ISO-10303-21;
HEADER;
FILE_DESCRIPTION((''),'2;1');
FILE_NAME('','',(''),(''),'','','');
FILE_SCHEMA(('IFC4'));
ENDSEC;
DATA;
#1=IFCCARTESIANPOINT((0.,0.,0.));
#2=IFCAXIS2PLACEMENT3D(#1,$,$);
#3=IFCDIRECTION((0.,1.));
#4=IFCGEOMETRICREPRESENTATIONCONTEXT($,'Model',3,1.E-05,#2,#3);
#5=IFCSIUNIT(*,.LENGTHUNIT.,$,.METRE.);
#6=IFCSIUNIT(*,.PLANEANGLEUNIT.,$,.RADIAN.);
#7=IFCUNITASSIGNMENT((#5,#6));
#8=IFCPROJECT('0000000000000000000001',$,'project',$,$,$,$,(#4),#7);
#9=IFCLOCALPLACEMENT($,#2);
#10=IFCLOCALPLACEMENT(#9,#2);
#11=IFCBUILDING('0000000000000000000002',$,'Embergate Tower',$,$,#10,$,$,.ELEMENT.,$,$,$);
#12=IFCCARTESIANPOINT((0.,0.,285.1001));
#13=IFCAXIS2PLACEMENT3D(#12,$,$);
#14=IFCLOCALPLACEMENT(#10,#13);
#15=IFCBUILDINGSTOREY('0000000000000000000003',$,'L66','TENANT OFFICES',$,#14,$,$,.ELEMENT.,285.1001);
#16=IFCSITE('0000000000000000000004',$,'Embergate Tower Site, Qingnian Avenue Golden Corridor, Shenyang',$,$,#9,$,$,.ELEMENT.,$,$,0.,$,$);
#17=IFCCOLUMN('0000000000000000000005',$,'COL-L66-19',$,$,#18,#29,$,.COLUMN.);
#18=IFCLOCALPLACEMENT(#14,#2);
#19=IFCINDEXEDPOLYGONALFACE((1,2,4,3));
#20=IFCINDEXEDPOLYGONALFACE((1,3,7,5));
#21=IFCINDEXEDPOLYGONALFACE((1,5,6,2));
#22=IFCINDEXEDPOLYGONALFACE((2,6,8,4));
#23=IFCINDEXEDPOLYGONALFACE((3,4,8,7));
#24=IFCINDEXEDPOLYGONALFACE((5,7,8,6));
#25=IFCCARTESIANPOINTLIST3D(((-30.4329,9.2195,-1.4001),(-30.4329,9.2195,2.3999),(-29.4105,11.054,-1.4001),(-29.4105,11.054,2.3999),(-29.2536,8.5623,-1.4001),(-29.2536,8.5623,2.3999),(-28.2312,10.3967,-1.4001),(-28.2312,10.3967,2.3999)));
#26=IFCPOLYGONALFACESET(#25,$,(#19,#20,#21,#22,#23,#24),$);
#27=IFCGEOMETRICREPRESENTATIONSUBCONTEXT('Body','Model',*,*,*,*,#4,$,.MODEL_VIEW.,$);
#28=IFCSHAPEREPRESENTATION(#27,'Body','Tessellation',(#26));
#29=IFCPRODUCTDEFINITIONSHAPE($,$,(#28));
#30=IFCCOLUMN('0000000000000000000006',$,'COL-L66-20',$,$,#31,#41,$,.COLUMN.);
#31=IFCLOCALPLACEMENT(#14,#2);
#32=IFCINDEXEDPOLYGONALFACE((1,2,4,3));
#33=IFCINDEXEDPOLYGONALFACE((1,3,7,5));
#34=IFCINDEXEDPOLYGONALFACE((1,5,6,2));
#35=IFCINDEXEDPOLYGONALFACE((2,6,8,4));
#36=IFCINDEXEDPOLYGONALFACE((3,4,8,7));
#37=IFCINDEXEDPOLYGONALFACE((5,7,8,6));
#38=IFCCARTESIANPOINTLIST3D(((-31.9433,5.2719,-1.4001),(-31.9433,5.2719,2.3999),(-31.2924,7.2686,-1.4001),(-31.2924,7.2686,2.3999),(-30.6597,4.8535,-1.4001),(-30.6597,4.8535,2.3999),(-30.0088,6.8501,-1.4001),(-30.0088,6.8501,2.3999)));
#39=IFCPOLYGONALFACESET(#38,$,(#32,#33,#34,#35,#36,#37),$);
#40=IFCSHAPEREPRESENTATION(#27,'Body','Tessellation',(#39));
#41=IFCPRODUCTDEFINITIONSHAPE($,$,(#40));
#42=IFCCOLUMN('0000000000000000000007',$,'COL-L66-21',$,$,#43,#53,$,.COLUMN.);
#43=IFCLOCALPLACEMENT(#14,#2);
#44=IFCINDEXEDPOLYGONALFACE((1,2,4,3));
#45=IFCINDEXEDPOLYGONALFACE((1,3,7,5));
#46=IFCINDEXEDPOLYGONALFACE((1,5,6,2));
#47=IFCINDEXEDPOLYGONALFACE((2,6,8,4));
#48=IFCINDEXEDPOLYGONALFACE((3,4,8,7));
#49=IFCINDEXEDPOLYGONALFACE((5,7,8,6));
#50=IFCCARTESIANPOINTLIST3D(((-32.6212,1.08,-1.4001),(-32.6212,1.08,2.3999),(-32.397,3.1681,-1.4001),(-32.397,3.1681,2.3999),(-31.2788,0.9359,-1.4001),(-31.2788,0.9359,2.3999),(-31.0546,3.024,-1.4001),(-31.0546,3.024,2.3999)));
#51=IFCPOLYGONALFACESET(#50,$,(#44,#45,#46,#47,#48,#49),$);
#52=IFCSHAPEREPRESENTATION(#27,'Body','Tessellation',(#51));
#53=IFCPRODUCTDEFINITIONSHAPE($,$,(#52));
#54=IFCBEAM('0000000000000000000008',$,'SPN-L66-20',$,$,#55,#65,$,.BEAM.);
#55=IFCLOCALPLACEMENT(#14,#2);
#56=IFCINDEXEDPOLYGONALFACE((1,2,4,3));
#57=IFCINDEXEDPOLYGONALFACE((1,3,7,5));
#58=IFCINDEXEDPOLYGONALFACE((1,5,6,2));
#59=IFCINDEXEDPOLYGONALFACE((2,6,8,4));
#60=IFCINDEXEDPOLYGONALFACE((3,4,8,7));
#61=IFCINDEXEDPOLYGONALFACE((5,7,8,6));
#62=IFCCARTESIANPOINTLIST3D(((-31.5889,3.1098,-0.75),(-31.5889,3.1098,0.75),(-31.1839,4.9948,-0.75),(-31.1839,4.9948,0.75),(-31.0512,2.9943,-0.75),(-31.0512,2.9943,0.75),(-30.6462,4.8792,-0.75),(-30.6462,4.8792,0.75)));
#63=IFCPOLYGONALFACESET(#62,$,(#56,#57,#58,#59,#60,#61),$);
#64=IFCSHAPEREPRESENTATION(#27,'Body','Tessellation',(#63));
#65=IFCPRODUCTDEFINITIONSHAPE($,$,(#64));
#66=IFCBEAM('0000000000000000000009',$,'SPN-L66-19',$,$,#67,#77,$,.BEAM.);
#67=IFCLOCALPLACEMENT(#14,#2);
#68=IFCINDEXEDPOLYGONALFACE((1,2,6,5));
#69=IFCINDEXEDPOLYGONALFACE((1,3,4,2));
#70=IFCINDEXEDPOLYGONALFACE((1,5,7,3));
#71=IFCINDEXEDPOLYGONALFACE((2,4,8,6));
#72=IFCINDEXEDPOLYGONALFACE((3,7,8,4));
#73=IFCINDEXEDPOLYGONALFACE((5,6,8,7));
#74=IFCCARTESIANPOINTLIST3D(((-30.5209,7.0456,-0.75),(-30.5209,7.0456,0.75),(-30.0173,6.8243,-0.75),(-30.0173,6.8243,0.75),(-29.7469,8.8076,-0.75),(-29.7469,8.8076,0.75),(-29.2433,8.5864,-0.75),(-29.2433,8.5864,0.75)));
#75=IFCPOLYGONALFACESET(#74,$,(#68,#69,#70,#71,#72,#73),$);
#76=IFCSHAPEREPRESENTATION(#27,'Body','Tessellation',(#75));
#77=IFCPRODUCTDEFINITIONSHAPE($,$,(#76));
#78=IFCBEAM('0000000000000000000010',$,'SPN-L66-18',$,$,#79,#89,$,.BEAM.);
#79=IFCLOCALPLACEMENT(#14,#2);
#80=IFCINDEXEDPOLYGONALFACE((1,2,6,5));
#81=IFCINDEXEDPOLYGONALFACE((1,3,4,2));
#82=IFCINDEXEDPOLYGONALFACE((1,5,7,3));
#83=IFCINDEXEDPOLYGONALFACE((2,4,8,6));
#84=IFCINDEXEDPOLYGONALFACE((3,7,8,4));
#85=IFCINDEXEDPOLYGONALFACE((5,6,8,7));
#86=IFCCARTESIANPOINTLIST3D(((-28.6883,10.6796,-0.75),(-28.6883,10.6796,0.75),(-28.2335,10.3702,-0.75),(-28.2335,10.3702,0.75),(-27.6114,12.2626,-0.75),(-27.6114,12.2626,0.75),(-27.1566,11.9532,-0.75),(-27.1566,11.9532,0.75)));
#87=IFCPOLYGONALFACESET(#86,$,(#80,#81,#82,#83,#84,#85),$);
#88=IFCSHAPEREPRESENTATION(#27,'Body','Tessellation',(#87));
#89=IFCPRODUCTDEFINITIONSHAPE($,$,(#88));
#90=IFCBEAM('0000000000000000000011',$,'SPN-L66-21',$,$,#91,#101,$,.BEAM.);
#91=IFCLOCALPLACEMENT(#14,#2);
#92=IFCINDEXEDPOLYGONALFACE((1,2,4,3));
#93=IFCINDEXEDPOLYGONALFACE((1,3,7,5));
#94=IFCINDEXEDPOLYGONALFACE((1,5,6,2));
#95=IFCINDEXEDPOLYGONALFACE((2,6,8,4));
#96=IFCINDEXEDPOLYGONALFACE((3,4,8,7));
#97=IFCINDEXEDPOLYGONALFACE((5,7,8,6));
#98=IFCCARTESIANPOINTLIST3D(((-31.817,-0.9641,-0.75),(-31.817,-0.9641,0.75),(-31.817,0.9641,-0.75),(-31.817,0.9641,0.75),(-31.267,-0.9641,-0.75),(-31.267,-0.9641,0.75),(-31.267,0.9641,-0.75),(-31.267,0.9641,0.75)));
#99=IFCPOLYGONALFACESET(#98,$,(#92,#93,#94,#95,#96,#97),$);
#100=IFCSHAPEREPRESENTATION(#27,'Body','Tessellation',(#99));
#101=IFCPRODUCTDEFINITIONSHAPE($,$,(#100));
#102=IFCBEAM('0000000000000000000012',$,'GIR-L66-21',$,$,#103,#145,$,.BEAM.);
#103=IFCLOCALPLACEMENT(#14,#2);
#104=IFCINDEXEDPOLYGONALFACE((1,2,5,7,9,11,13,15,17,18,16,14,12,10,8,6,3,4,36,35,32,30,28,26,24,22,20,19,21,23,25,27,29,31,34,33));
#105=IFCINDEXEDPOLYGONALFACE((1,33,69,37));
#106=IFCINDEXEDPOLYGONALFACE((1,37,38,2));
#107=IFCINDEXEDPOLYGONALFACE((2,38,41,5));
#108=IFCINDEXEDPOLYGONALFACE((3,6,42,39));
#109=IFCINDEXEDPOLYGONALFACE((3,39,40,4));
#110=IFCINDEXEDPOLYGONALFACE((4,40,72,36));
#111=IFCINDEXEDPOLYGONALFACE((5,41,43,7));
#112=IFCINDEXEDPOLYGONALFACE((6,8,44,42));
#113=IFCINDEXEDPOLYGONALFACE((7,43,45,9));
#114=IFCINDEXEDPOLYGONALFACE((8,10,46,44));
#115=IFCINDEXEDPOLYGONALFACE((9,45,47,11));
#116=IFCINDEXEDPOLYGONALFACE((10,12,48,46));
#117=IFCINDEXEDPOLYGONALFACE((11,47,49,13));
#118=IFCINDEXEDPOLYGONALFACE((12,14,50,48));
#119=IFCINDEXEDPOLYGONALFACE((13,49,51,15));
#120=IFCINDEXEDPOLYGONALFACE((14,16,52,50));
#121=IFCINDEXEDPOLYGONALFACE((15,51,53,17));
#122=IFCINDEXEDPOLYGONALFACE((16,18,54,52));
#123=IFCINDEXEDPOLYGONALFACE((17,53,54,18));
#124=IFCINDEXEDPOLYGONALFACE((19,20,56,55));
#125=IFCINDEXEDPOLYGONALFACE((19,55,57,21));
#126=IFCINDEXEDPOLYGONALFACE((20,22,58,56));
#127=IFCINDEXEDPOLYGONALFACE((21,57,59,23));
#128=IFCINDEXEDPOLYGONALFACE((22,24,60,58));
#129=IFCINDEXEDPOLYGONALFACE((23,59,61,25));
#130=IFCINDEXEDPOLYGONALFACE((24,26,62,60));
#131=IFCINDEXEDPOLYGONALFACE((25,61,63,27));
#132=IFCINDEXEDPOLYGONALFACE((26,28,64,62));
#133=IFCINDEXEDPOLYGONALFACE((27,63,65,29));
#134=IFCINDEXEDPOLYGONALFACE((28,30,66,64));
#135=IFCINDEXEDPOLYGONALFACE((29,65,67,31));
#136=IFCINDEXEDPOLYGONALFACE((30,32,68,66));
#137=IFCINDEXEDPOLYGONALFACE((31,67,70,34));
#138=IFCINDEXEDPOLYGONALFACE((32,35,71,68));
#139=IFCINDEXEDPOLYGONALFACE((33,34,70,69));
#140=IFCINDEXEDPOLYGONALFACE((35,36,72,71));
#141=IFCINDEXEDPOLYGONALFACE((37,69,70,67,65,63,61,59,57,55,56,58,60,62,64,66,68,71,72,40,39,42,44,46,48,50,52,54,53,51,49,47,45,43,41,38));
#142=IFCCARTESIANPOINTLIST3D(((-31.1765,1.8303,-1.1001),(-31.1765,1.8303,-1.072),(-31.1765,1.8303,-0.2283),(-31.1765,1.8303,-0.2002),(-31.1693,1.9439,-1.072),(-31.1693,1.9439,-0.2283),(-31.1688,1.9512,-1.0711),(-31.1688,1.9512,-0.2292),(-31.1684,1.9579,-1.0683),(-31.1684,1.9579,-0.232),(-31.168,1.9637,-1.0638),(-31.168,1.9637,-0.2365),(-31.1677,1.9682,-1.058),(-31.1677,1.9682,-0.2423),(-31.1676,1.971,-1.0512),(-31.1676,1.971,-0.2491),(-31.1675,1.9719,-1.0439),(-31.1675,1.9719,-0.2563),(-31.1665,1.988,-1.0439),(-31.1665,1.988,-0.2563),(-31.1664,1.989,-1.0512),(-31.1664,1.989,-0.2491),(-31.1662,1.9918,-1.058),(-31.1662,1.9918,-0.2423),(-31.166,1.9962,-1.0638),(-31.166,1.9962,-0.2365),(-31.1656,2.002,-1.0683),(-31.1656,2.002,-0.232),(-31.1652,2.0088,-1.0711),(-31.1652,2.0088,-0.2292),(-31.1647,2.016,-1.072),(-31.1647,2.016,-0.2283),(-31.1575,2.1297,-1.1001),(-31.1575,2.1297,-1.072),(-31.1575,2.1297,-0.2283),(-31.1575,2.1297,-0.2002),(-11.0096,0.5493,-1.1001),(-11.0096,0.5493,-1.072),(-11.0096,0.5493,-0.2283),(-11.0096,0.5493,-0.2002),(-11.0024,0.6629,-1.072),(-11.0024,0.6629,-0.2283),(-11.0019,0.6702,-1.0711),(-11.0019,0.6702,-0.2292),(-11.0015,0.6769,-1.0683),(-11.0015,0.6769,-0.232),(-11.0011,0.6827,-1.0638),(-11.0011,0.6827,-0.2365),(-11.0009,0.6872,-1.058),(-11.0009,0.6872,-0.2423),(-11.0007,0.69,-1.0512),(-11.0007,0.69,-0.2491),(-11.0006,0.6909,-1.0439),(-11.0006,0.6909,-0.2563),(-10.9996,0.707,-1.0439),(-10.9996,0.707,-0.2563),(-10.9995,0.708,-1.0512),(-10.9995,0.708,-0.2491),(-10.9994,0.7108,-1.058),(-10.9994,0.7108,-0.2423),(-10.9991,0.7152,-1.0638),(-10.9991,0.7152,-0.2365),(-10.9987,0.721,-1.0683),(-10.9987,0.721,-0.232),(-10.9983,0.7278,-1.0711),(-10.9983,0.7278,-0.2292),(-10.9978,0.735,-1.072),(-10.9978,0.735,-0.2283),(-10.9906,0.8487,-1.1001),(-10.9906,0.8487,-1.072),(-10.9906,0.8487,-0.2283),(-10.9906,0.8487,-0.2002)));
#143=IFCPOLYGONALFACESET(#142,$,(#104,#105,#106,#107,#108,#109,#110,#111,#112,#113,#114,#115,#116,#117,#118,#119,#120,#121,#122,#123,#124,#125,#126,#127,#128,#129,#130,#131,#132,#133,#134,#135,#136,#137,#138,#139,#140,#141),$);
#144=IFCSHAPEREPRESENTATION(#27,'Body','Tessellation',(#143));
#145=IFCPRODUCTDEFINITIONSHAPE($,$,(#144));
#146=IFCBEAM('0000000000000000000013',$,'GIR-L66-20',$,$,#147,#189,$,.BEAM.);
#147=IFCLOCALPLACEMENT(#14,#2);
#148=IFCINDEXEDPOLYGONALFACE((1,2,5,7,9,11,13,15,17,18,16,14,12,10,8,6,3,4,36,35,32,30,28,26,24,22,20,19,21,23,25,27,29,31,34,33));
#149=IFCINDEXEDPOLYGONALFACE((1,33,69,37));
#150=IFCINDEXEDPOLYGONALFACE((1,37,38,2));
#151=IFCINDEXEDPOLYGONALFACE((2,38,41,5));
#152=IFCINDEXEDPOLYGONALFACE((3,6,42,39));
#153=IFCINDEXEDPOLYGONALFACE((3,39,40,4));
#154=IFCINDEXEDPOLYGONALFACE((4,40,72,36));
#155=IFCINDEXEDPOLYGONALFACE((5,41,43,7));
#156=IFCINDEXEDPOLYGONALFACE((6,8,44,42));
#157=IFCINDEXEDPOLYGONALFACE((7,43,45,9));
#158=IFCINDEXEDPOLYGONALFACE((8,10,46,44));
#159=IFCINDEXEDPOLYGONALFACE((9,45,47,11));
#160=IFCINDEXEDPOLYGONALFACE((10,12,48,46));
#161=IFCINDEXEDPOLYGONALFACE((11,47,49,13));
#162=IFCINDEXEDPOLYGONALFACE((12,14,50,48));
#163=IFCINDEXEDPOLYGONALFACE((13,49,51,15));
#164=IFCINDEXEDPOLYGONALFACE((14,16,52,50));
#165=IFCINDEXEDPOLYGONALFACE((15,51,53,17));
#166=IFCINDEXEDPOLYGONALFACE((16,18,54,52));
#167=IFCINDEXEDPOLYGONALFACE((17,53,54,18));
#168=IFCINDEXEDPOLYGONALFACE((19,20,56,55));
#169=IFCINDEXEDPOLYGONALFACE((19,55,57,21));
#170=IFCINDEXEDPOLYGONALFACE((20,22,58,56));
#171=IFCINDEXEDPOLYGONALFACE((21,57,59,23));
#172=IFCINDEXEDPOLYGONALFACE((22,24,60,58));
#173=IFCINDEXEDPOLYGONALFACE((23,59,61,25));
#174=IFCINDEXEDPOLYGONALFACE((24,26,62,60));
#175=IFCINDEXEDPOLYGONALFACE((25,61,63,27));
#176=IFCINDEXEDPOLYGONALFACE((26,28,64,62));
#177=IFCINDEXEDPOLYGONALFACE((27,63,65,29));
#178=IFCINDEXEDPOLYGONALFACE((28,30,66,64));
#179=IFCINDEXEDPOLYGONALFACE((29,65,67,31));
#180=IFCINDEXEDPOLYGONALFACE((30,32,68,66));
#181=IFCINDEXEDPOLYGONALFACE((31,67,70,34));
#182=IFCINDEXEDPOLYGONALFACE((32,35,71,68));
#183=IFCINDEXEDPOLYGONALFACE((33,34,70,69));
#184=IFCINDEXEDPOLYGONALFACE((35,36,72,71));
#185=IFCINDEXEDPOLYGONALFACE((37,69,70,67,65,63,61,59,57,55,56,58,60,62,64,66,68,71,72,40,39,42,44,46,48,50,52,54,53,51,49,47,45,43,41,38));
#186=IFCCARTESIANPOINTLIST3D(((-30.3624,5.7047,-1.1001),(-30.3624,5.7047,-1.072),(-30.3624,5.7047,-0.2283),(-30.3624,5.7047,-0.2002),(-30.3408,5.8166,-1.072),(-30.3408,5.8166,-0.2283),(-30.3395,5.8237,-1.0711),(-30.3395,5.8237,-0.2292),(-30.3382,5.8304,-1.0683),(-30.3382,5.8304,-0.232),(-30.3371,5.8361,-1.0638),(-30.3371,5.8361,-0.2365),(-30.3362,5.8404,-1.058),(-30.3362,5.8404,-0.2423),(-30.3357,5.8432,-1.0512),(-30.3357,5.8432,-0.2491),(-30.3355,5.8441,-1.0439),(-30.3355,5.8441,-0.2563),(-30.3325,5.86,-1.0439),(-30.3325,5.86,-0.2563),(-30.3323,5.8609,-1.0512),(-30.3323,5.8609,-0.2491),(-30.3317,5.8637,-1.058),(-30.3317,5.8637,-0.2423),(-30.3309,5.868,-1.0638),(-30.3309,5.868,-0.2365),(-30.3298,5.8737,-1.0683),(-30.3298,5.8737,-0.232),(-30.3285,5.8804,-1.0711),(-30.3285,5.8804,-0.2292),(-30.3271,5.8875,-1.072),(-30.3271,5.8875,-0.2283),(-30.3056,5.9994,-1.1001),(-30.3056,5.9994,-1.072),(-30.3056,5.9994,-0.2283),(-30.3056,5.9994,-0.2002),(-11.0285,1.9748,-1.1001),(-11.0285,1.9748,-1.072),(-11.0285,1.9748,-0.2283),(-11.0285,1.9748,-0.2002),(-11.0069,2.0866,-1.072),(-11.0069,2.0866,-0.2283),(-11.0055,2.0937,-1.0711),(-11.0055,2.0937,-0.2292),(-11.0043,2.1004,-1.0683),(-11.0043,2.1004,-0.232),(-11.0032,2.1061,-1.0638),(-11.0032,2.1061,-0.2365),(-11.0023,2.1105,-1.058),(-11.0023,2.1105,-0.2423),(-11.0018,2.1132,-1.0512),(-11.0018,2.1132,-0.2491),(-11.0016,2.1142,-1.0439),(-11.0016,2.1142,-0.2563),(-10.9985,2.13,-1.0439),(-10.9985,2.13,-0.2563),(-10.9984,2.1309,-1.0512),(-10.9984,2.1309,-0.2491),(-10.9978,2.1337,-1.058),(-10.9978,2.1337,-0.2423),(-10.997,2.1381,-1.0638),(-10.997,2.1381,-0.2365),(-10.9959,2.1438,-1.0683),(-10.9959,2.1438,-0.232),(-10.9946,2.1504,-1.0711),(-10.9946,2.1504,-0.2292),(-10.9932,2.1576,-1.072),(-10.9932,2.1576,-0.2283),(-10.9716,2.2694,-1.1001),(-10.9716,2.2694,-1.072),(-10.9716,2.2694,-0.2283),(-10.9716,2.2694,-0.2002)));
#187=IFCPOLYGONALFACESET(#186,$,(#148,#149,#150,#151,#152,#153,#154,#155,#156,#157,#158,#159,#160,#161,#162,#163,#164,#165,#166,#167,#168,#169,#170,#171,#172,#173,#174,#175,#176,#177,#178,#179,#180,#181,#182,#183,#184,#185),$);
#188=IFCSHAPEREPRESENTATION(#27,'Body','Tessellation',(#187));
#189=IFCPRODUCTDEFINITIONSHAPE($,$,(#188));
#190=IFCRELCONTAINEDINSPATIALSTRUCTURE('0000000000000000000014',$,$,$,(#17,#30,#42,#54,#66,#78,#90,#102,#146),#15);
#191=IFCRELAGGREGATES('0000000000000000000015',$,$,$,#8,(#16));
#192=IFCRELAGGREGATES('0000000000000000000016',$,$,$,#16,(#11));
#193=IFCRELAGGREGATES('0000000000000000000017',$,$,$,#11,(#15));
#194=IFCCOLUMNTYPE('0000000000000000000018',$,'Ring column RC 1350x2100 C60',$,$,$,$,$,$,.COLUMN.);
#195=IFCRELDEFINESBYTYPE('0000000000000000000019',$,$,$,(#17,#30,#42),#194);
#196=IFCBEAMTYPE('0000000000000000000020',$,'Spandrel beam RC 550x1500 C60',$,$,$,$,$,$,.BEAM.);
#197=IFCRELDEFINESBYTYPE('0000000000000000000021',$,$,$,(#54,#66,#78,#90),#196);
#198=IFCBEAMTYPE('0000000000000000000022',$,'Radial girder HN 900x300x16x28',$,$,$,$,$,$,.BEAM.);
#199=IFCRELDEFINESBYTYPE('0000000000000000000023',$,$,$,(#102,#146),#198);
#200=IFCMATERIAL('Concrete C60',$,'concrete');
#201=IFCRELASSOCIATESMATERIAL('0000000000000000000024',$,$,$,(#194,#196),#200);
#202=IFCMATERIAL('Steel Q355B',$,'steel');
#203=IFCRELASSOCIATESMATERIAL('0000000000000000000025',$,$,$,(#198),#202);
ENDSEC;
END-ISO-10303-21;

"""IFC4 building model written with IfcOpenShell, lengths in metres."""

from ifc_helpers import new_model, si_unit, direction, frame, origin, origin_2d, place, context, subcontext, project, spatial, rectangle, i_section, extrude, source, transform, mapped, material, material_profile, profile_set, type_object, element, save


model = new_model("IFC4")

# Units and contexts
model_context = context("Model", 3, precision=1e-05, world=origin(), true_north=direction((0.0, 1.0)))
body_context = subcontext(model_context, "Body", "Model", "MODEL_VIEW")
ifc_project = project(units=[si_unit("LENGTHUNIT", "METRE"), si_unit("PLANEANGLEUNIT", "RADIAN")], contexts=[model_context])

# Site, building, storey
site_placement = place(None, origin())
site = spatial("IfcSite", under=ifc_project, at=site_placement, Name="Embergate Tower Site, Qingnian Avenue Golden Corridor, Shenyang", CompositionType="ELEMENT", RefElevation=0.0)
building_placement = place(site_placement, origin())
building = spatial("IfcBuilding", under=site, at=building_placement, Name="Embergate Tower", CompositionType="ELEMENT")
storey_placement = place(building_placement, frame((0.0, 0.0, 285.1001)))
storey = spatial("IfcBuildingStorey", under=building, at=storey_placement, Name="L66", Description="TENANT OFFICES", CompositionType="ELEMENT", Elevation=285.1001)

# Columns
ifc_material_1 = material(Name="Concrete C60", Category="concrete")
ifc_material_profile_1 = material_profile(ifc_material_1, rectangle(XDim=1.3501, YDim=2.1001, at=origin_2d()), Name="RC 1350x2100")
ifc_profile_set_1 = profile_set([ifc_material_profile_1], Name="Concrete C60")
column_type = type_object("IfcColumnType", Name="Ring column RC 1350x2100 C60", PredefinedType="COLUMN", material=ifc_profile_set_1)
shared_shape_1 = source(origin(), body_context, "Body", "SweptSolid", [
    extrude(rectangle(XDim=1.3501, YDim=2.1001, at=origin_2d()), origin(), (0.0, 0.0, 1.0), 3.8),
])
for number, where, z_axis, x_axis, name in (
    (1, (-29.332, 9.8081, -1.4001), (0.0, 0.0, 1.0), (-0.873492, 0.486839, 0.0), "COL-L66-19"),
    (2, (-30.9761, 6.061, -1.4001), (0.0, 0.0, 1.0), (-0.950754, 0.309946, 0.0), "COL-L66-20"),
    (3, (-31.8379, 2.052, -1.4001), (0.0, 0.0, 1.0), (-0.994286, 0.10675, 0.0), "COL-L66-21"),
):
    element("IfcColumn", number, at=place(storey_placement, frame(where, z_axis=z_axis, x_axis=x_axis)), inside=storey, type_object=column_type, Name=name, PredefinedType="COLUMN", context=body_context, shape_type="MappedRepresentation", body=[
        mapped(shared_shape_1, transform((0.0, 0.0, 0.0))),
    ])

# Beams
ifc_material_profile_2 = material_profile(ifc_material_1, rectangle(XDim=0.55, YDim=1.5, at=origin_2d()), Name="RC 550x1500")
ifc_profile_set_2 = profile_set([ifc_material_profile_2], Name="Concrete C60")
beam_type_1 = type_object("IfcBeamType", Name="Spandrel beam RC 550x1500 C60", PredefinedType="BEAM", material=ifc_profile_set_2)
shared_shape_2 = source(origin(), body_context, "Body", "SweptSolid", [
    extrude(rectangle(XDim=0.55, YDim=1.5, at=origin_2d()), origin(), (0.0, 0.0, 1.0), 1.928),
])
beam_1_placement = place(storey_placement, frame((-30.915, 4.937, 0.0), z_axis=(-0.210074, -0.977686, 0.0), x_axis=(0.977686, -0.210074, 0.0)))
element("IfcBeam", 4, at=beam_1_placement, inside=storey, type_object=beam_type_1, Name="SPN-L66-20", PredefinedType="BEAM", context=body_context, shape_type="MappedRepresentation", body=[
    mapped(shared_shape_2, transform((0.0, 0.0, 0.0))),
])
shared_shape_3 = source(origin(), body_context, "Body", "SweptSolid", [
    extrude(rectangle(XDim=0.55, YDim=1.5, at=origin_2d()), origin(), (0.0, 0.0, 1.0), 1.9246),
])
beam_2_placement = place(storey_placement, frame((-29.4951, 8.697, 0.0), z_axis=(-0.402156, -0.915571, 0.0), x_axis=(0.915571, -0.402156, 0.0)))
element("IfcBeam", 5, at=beam_2_placement, inside=storey, type_object=beam_type_1, Name="SPN-L66-19", PredefinedType="BEAM", context=body_context, shape_type="MappedRepresentation", body=[
    mapped(shared_shape_3, transform((0.0, 0.0, 0.0))),
])
shared_shape_4 = source(origin(), body_context, "Body", "SweptSolid", [
    extrude(rectangle(XDim=0.55, YDim=1.5, at=origin_2d()), origin(), (0.0, 0.0, 1.0), 1.9146),
])
beam_3_placement = place(storey_placement, frame((-27.384, 12.1079, 0.0), z_axis=(-0.562474, -0.826815, 0.0), x_axis=(0.826815, -0.562474, 0.0)))
element("IfcBeam", 6, at=beam_3_placement, inside=storey, type_object=beam_type_1, Name="SPN-L66-18", PredefinedType="BEAM", context=body_context, shape_type="MappedRepresentation", body=[
    mapped(shared_shape_4, transform((0.0, 0.0, 0.0))),
])
shared_shape_5 = source(origin(), body_context, "Body", "SweptSolid", [
    extrude(rectangle(XDim=0.55, YDim=1.5, at=origin_2d()), origin(), (0.0, 0.0, 1.0), 1.9282),
])
beam_4_placement = place(storey_placement, frame((-31.542, 0.9641, 0.0), z_axis=(0.0, -1.0, 0.0), x_axis=(1.0, 0.0, 0.0)))
element("IfcBeam", 7, at=beam_4_placement, inside=storey, type_object=beam_type_1, Name="SPN-L66-21", PredefinedType="BEAM", context=body_context, shape_type="MappedRepresentation", body=[
    mapped(shared_shape_5, transform((0.0, 0.0, 0.0))),
])
ifc_material_2 = material(Name="Steel Q355B", Category="steel")
ifc_material_profile_3 = material_profile(ifc_material_2, i_section(OverallWidth=0.3, OverallDepth=0.8999, WebThickness=0.0161, FlangeThickness=0.0281, FilletRadius=0.0281, at=origin_2d()), Name="HN 900x300x16x28")
ifc_profile_set_3 = profile_set([ifc_material_profile_3], Name="Steel Q355 grade B")
beam_type_2 = type_object("IfcBeamType", Name="Radial girder HN 900x300x16x28", PredefinedType="BEAM", material=ifc_profile_set_3)
shared_shape_6 = source(origin(), body_context, "Body", "SweptSolid", [
    extrude(i_section(OverallWidth=0.3, OverallDepth=0.8999, WebThickness=0.0161, FlangeThickness=0.0281, FilletRadius=0.0281, at=origin_2d()), origin(), (0.0, 0.0, 1.0), 20.2075),
])
beam_5_placement = place(storey_placement, frame((-31.167, 1.98, -0.6501), z_axis=(0.997989, -0.063392, 0.0), x_axis=(0.063392, 0.997989, 0.0)))
element("IfcBeam", 8, at=beam_5_placement, inside=storey, type_object=beam_type_2, Name="GIR-L66-21", PredefinedType="BEAM", context=body_context, shape_type="MappedRepresentation", body=[
    mapped(shared_shape_6, transform((0.0, 0.0, 0.0))),
])
shared_shape_7 = source(origin(), body_context, "Body", "SweptSolid", [
    extrude(i_section(OverallWidth=0.3, OverallDepth=0.8999, WebThickness=0.0161, FlangeThickness=0.0281, FilletRadius=0.0281, at=origin_2d()), origin(), (0.0, 0.0, 1.0), 19.6904),
])
beam_6_placement = place(storey_placement, frame((-30.334, 5.8521, -0.6501), z_axis=(0.981894, -0.18943, 0.0), x_axis=(0.18943, 0.981894, 0.0)))
element("IfcBeam", 9, at=beam_6_placement, inside=storey, type_object=beam_type_2, Name="GIR-L66-20", PredefinedType="BEAM", context=body_context, shape_type="MappedRepresentation", body=[
    mapped(shared_shape_7, transform((0.0, 0.0, 0.0))),
])

save(model, "model.ifc")
